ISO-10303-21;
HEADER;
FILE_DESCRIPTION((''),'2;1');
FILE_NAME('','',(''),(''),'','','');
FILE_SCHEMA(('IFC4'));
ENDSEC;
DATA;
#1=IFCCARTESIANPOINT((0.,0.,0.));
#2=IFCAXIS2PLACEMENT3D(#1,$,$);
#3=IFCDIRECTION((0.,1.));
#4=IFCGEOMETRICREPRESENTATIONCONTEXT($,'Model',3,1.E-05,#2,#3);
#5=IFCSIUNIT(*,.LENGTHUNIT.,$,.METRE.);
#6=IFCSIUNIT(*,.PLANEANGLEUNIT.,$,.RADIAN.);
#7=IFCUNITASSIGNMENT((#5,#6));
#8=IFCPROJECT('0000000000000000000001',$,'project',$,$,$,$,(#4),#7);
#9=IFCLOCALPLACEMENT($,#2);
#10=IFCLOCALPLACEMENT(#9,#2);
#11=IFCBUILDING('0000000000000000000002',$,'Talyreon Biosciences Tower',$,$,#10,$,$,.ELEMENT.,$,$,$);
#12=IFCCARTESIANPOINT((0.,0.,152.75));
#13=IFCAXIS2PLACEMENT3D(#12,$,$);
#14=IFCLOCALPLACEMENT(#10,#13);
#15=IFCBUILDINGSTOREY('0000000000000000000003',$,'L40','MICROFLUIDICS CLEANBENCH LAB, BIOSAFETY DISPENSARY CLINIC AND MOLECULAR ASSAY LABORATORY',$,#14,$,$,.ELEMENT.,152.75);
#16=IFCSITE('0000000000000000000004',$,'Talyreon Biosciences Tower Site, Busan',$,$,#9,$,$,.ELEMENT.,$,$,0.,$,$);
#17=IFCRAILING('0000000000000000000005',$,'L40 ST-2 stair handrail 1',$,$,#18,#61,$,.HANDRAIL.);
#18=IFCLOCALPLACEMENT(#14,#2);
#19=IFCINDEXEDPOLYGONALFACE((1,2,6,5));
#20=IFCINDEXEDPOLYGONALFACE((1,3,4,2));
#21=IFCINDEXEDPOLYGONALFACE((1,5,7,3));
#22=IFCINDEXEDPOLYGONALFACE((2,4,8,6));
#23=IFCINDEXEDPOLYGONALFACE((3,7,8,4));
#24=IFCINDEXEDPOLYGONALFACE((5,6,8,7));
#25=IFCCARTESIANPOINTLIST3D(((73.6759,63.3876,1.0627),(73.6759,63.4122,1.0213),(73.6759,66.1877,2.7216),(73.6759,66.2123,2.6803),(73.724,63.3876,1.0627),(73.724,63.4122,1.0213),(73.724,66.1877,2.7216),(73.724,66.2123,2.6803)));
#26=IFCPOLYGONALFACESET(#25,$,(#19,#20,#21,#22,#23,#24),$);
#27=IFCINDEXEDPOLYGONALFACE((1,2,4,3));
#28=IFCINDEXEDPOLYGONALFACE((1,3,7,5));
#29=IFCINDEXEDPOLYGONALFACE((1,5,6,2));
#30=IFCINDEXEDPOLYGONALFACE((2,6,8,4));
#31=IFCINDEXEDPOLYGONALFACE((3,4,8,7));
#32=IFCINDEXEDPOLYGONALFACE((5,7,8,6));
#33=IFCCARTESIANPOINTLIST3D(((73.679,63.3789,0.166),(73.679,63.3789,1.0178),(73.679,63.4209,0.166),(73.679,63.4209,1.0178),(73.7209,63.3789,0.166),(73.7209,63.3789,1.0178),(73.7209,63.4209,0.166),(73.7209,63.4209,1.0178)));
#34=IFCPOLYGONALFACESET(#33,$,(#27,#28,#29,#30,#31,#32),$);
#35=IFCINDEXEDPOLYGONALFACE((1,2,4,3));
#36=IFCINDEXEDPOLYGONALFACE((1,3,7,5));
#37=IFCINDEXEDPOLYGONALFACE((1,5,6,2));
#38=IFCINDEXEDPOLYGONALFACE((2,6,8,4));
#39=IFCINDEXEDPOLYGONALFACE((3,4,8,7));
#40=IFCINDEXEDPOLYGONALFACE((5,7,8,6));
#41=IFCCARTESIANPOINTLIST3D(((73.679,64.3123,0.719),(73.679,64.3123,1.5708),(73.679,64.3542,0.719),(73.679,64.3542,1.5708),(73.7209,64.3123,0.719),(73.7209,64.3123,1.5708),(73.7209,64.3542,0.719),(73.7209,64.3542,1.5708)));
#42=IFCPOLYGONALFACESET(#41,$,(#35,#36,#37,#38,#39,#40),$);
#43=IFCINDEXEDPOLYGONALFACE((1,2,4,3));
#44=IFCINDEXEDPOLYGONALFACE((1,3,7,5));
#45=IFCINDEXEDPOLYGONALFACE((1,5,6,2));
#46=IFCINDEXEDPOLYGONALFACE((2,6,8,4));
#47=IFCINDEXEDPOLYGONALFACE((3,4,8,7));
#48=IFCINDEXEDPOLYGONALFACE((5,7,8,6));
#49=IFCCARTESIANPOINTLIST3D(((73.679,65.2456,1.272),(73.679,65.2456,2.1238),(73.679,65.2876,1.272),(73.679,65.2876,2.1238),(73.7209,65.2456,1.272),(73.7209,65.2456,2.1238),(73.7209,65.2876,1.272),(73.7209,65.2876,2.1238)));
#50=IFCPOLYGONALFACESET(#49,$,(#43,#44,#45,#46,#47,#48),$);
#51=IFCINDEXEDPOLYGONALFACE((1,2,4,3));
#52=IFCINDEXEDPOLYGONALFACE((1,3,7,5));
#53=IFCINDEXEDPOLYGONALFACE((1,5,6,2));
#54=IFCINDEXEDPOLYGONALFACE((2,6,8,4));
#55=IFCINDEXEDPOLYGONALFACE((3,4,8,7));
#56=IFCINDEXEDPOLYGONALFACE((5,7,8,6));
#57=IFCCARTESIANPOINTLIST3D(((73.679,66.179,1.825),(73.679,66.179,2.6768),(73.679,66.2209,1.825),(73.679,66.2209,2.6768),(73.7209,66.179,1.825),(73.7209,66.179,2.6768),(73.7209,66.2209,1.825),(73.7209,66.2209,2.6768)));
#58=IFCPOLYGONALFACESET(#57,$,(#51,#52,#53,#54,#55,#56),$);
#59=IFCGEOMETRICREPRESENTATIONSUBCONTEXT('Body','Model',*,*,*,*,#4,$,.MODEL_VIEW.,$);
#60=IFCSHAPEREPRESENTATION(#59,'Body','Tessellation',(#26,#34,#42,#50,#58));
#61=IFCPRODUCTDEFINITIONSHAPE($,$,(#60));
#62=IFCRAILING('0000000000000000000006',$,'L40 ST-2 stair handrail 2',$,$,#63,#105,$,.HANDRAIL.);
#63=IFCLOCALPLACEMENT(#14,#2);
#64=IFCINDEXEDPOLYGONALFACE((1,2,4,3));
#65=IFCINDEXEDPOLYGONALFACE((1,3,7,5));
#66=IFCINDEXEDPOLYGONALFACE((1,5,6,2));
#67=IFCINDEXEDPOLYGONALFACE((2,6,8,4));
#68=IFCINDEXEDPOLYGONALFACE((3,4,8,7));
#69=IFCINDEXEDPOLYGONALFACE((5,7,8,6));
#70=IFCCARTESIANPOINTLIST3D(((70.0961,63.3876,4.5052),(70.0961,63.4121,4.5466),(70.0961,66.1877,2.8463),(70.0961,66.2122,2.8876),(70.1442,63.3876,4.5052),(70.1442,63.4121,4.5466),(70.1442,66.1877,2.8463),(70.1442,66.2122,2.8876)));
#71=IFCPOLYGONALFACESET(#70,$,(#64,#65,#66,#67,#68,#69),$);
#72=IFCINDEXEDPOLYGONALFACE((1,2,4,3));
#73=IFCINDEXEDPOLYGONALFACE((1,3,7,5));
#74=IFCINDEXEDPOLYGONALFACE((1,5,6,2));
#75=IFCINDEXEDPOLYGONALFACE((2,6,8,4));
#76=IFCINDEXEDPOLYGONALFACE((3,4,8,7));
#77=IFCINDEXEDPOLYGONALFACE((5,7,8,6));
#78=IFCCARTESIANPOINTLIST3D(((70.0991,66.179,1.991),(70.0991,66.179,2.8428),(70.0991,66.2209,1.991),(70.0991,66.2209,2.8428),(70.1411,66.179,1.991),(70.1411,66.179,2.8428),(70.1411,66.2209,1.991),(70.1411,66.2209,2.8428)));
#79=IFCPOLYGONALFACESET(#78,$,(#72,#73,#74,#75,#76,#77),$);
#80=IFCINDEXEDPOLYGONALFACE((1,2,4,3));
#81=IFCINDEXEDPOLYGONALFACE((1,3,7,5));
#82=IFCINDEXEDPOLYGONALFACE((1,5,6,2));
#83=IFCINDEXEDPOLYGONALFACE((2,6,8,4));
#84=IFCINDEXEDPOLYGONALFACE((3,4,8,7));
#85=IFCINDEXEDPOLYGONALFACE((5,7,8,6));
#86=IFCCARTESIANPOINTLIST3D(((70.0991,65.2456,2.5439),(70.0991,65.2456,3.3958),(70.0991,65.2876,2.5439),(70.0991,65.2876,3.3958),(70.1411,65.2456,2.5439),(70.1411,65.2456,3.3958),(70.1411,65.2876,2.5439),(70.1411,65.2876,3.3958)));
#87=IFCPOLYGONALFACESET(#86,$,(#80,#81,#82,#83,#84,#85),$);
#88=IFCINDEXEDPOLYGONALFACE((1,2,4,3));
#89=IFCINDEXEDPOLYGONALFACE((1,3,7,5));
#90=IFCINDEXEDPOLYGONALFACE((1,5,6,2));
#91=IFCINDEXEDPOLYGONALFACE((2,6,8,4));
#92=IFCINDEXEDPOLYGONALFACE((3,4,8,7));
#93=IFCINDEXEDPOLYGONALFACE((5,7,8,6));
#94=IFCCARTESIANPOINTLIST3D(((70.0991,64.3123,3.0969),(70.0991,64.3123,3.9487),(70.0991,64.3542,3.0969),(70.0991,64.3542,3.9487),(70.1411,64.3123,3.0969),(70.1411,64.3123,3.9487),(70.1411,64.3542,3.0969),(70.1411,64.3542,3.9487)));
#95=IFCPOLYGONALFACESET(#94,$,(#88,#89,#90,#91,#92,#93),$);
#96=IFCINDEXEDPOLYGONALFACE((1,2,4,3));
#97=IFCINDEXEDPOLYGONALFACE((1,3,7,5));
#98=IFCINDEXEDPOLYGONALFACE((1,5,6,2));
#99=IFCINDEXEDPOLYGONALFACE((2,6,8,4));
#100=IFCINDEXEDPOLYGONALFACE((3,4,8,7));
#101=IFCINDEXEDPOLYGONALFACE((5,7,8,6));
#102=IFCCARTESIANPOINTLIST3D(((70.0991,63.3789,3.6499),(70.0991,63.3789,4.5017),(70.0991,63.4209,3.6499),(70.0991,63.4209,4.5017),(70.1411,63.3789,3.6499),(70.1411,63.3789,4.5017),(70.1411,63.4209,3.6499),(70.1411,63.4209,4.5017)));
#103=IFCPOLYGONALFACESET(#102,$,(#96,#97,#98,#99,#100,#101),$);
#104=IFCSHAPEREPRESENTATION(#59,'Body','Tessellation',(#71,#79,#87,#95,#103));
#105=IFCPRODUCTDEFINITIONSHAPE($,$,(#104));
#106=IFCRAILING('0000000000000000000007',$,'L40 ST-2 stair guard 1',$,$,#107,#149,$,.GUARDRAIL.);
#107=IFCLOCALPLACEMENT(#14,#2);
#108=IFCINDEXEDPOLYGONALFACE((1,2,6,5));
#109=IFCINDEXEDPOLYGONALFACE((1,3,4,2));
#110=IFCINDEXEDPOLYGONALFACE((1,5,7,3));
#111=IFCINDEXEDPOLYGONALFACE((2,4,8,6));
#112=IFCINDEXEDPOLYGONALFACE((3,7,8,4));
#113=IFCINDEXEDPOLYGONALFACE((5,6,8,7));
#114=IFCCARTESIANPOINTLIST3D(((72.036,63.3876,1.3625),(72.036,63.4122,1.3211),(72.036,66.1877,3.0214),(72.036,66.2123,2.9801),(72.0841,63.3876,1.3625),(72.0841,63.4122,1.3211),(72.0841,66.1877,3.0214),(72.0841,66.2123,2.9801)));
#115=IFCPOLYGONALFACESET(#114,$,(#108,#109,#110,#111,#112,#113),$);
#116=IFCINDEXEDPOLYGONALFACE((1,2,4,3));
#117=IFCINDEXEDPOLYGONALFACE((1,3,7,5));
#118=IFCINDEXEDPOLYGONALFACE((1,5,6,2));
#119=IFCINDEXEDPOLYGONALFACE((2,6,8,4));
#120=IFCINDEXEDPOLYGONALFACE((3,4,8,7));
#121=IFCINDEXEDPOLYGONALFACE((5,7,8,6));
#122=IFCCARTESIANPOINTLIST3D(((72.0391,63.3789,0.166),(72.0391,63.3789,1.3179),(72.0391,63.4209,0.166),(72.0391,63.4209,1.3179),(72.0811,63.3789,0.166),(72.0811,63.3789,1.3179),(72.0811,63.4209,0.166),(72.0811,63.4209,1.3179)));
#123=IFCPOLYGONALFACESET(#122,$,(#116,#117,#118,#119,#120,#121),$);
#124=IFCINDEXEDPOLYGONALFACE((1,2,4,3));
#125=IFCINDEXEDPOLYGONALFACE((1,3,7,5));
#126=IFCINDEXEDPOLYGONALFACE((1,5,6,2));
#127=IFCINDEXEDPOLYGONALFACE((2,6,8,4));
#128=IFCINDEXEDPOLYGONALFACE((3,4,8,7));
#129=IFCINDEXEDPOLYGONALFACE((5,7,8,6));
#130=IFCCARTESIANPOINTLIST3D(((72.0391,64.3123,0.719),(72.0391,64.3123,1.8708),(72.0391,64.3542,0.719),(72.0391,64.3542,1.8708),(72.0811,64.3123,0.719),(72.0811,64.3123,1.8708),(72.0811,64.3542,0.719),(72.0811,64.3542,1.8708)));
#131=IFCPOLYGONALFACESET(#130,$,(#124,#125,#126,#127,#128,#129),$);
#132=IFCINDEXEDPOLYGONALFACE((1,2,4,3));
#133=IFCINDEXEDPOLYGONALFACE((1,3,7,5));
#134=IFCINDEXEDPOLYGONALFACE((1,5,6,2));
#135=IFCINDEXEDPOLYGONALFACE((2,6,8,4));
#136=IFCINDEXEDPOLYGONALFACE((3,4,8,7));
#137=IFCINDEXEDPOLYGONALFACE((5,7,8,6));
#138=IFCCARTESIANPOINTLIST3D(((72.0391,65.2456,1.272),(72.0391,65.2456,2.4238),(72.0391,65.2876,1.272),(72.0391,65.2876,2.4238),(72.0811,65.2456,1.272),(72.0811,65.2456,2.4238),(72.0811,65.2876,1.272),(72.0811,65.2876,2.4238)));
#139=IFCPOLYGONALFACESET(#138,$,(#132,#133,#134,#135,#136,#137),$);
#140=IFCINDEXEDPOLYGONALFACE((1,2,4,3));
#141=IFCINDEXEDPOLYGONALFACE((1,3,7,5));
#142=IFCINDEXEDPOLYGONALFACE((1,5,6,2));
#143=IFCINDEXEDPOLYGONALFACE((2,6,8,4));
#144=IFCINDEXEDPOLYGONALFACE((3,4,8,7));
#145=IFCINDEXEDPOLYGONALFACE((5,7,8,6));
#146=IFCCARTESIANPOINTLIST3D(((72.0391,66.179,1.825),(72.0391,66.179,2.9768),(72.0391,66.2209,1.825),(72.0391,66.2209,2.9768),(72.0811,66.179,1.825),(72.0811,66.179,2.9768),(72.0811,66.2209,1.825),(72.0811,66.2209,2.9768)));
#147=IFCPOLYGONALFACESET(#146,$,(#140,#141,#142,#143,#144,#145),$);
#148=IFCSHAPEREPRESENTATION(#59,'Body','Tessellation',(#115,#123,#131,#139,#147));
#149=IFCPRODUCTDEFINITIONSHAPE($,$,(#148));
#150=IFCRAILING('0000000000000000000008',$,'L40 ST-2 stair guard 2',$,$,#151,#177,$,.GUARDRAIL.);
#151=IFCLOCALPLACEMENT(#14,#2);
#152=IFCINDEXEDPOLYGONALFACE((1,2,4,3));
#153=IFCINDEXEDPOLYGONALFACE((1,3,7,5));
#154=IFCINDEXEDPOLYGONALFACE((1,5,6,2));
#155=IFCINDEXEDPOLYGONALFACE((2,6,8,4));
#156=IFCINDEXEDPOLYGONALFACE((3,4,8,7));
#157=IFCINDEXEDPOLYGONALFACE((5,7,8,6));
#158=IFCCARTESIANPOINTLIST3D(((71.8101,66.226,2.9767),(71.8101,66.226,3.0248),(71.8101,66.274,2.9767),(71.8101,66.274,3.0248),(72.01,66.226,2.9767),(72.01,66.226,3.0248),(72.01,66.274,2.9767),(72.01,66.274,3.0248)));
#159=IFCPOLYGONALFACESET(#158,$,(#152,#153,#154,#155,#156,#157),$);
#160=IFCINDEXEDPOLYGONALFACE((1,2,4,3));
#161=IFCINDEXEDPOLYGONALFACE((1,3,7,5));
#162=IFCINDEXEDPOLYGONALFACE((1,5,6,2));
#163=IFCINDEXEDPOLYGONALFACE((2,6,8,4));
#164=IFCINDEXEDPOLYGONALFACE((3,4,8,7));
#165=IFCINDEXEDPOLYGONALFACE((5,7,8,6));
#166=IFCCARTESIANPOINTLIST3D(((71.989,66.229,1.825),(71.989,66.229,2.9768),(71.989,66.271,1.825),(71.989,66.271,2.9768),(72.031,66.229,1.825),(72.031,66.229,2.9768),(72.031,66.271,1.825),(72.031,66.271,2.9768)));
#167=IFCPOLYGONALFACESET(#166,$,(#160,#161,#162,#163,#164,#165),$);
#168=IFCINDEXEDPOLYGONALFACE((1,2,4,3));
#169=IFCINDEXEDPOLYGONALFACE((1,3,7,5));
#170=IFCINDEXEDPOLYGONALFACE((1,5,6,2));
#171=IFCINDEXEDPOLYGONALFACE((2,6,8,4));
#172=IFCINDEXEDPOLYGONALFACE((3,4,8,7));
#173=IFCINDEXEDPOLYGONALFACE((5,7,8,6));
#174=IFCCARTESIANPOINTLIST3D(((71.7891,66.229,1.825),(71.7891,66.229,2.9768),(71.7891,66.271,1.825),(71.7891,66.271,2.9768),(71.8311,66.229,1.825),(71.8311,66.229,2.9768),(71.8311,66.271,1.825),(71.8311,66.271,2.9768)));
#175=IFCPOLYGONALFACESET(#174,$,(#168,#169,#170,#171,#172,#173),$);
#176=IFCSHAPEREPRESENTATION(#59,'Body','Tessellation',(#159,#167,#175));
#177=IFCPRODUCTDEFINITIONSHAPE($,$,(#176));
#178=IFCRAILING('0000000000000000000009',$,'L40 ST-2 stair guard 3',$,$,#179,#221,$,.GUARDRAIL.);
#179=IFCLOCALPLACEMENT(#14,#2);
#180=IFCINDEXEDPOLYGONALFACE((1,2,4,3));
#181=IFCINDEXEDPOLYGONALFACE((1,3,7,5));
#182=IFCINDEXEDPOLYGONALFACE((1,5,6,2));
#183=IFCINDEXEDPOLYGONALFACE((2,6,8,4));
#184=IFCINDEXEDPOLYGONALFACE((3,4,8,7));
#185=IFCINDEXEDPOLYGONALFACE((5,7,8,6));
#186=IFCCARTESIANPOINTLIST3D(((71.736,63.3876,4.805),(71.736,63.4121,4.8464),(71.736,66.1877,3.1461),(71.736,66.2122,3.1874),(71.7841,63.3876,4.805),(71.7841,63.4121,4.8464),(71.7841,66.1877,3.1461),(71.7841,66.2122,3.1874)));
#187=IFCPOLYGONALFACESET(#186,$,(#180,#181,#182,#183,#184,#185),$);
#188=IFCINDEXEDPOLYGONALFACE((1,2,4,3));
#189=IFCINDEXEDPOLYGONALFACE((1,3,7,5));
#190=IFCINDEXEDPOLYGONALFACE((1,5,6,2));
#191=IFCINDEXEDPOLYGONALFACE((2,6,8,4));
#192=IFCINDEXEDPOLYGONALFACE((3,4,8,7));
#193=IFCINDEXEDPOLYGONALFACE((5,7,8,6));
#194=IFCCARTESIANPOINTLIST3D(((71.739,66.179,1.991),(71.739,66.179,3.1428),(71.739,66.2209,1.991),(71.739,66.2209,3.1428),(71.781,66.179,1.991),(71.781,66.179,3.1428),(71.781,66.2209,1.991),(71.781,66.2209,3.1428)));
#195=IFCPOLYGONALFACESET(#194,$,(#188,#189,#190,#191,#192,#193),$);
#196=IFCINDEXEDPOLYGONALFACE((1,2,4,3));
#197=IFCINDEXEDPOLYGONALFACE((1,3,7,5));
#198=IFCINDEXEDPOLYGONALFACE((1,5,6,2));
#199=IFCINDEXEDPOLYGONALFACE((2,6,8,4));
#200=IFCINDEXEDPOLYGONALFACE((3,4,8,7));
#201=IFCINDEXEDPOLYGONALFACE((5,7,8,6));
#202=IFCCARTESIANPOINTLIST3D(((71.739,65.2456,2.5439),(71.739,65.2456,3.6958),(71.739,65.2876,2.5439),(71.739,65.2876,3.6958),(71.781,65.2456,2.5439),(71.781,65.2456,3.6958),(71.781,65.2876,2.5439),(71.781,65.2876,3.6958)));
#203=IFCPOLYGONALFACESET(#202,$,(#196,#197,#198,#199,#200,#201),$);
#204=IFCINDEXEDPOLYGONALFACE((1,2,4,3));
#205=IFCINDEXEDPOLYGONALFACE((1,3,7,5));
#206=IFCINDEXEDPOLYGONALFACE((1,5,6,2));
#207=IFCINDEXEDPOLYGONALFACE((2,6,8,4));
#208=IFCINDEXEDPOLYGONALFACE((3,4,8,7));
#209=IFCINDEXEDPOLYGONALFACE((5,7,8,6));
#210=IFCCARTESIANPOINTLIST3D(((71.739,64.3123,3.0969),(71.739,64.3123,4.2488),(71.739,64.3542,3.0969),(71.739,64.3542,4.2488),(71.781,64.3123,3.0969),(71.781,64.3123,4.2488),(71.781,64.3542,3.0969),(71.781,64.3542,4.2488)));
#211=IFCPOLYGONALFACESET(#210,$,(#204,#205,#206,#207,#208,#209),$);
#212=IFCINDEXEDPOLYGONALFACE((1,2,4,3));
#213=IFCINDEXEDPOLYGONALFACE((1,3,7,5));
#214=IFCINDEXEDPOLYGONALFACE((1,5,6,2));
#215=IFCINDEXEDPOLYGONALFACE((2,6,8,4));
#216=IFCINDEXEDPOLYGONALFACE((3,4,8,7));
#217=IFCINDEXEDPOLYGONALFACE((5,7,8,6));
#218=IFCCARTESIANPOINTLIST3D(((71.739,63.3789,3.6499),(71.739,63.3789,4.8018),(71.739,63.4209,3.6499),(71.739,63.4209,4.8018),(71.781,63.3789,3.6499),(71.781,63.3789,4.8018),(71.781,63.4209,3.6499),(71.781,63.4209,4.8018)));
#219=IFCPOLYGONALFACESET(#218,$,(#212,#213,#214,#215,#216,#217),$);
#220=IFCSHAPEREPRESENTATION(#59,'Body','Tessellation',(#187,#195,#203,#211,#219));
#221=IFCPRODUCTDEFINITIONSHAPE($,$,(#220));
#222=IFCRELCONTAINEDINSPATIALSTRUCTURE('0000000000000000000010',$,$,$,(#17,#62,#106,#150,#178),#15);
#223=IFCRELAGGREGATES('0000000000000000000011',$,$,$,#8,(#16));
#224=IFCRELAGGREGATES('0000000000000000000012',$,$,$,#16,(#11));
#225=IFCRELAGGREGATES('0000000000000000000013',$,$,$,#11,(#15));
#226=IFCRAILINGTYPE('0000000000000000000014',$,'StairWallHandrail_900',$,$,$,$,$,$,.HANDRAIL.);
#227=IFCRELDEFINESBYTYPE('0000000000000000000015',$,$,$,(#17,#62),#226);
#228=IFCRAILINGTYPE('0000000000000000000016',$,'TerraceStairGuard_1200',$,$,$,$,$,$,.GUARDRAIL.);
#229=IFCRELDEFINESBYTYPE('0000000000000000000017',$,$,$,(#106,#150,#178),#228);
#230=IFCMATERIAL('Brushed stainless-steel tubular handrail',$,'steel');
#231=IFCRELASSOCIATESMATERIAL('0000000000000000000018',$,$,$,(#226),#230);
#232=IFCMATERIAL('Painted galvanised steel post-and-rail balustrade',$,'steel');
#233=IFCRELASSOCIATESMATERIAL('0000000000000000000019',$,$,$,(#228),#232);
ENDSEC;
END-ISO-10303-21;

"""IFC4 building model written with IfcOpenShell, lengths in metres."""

from ifc_helpers import new_model, si_unit, direction, frame, origin, origin_2d, place, context, subcontext, project, spatial, rectangle, extrude, material, type_object, element, save


model = new_model("IFC4")

# Units and contexts
model_context = context("Model", 3, precision=1e-05, world=origin(), true_north=direction((0.0, 1.0)))
body_context = subcontext(model_context, "Body", "Model", "MODEL_VIEW")
ifc_project = project(units=[si_unit("LENGTHUNIT", "METRE"), si_unit("PLANEANGLEUNIT", "RADIAN")], contexts=[model_context])

# Site, building, storey
site_placement = place(None, origin())
site = spatial("IfcSite", under=ifc_project, at=site_placement, Name="Talyreon Biosciences Tower Site, Busan", CompositionType="ELEMENT", RefElevation=0.0)
building_placement = place(site_placement, origin())
building = spatial("IfcBuilding", under=site, at=building_placement, Name="Talyreon Biosciences Tower", CompositionType="ELEMENT")
storey_placement = place(building_placement, frame((0.0, 0.0, 152.75)))
storey = spatial("IfcBuildingStorey", under=building, at=storey_placement, Name="L40", Description="MICROFLUIDICS CLEANBENCH LAB, BIOSAFETY DISPENSARY CLINIC AND MOLECULAR ASSAY LABORATORY", CompositionType="ELEMENT", Elevation=152.75)

# Railings
ifc_material_1 = material(Name="Brushed stainless-steel tubular handrail", Category="steel")
railing_type_1 = type_object("IfcRailingType", Name="StairWallHandrail_900", PredefinedType="HANDRAIL", material=ifc_material_1)
railing_1_placement = place(storey_placement, frame((73.7, 63.3999, 0.166)))
element("IfcRailing", 1, at=railing_1_placement, inside=storey, type_object=railing_type_1, Name="L40 ST-2 stair handrail 1", PredefinedType="HANDRAIL", context=body_context, shape_type="SweptSolid", body=[
    extrude(rectangle(XDim=0.0481, YDim=0.0481, at=origin_2d()), frame((0.0, 0.0, 0.876), z_axis=(0.0, 0.860339, 0.509722), x_axis=(-1.0, 0.0, 0.0)), (0.0, 0.0, 1.0), 3.2546),
    extrude(rectangle(XDim=0.042, YDim=0.042, at=origin_2d()), origin(), (0.0, 0.0, 1.0), 0.8518),
    extrude(rectangle(XDim=0.042, YDim=0.042, at=origin_2d()), frame((0.0, 0.9333, 0.553)), (0.0, 0.0, 1.0), 0.8518),
    extrude(rectangle(XDim=0.042, YDim=0.042, at=origin_2d()), frame((0.0, 1.8667, 1.106)), (0.0, 0.0, 1.0), 0.8518),
    extrude(rectangle(XDim=0.042, YDim=0.042, at=origin_2d()), frame((0.0, 2.8, 1.6589)), (0.0, 0.0, 1.0), 0.8518),
])
railing_2_placement = place(storey_placement, frame((70.1201, 66.2, 1.991)))
element("IfcRailing", 2, at=railing_2_placement, inside=storey, type_object=railing_type_1, Name="L40 ST-2 stair handrail 2", PredefinedType="HANDRAIL", context=body_context, shape_type="SweptSolid", body=[
    extrude(rectangle(XDim=0.0481, YDim=0.0481, at=origin_2d()), frame((0.0, 0.0, 0.876), z_axis=(0.0, -0.860339, 0.509722), x_axis=(1.0, 0.0, 0.0)), (0.0, 0.0, 1.0), 3.2546),
    extrude(rectangle(XDim=0.042, YDim=0.042, at=origin_2d()), origin(), (0.0, 0.0, 1.0), 0.8518),
    extrude(rectangle(XDim=0.042, YDim=0.042, at=origin_2d()), frame((0.0, -0.9333, 0.553)), (0.0, 0.0, 1.0), 0.8518),
    extrude(rectangle(XDim=0.042, YDim=0.042, at=origin_2d()), frame((0.0, -1.8667, 1.106)), (0.0, 0.0, 1.0), 0.8518),
    extrude(rectangle(XDim=0.042, YDim=0.042, at=origin_2d()), frame((0.0, -2.8, 1.6589)), (0.0, 0.0, 1.0), 0.8518),
])
ifc_material_2 = material(Name="Painted galvanised steel post-and-rail balustrade", Category="steel")
railing_type_2 = type_object("IfcRailingType", Name="TerraceStairGuard_1200", PredefinedType="GUARDRAIL", material=ifc_material_2)
railing_3_placement = place(storey_placement, frame((72.0601, 63.3999, 0.166)))
element("IfcRailing", 3, at=railing_3_placement, inside=storey, type_object=railing_type_2, Name="L40 ST-2 stair guard 1", PredefinedType="GUARDRAIL", context=body_context, shape_type="SweptSolid", body=[
    extrude(rectangle(XDim=0.0481, YDim=0.0481, at=origin_2d()), frame((0.0, 0.0, 1.1758), z_axis=(0.0, 0.860339, 0.509722), x_axis=(-1.0, 0.0, 0.0)), (0.0, 0.0, 1.0), 3.2546),
    extrude(rectangle(XDim=0.042, YDim=0.042, at=origin_2d()), origin(), (0.0, 0.0, 1.0), 1.1519),
    extrude(rectangle(XDim=0.042, YDim=0.042, at=origin_2d()), frame((0.0, 0.9333, 0.553)), (0.0, 0.0, 1.0), 1.1519),
    extrude(rectangle(XDim=0.042, YDim=0.042, at=origin_2d()), frame((0.0, 1.8667, 1.106)), (0.0, 0.0, 1.0), 1.1519),
    extrude(rectangle(XDim=0.042, YDim=0.042, at=origin_2d()), frame((0.0, 2.8, 1.6589)), (0.0, 0.0, 1.0), 1.1519),
])
railing_4_placement = place(storey_placement, frame((72.01, 66.25, 1.825)))
element("IfcRailing", 4, at=railing_4_placement, inside=storey, type_object=railing_type_2, Name="L40 ST-2 stair guard 2", PredefinedType="GUARDRAIL", context=body_context, shape_type="SweptSolid", body=[
    extrude(rectangle(XDim=0.0481, YDim=0.0481, at=origin_2d()), frame((0.0, 0.0, 1.1758), z_axis=(-1.0, 0.0, 0.0), x_axis=(0.0, -1.0, 0.0)), (0.0, 0.0, 1.0), 0.2),
    extrude(rectangle(XDim=0.042, YDim=0.042, at=origin_2d()), origin(), (0.0, 0.0, 1.0), 1.1519),
    extrude(rectangle(XDim=0.042, YDim=0.042, at=origin_2d()), frame((-0.2, 0.0, 0.0)), (0.0, 0.0, 1.0), 1.1519),
])
railing_5_placement = place(storey_placement, frame((71.76, 66.2, 1.991)))
element("IfcRailing", 5, at=railing_5_placement, inside=storey, type_object=railing_type_2, Name="L40 ST-2 stair guard 3", PredefinedType="GUARDRAIL", context=body_context, shape_type="SweptSolid", body=[
    extrude(rectangle(XDim=0.0481, YDim=0.0481, at=origin_2d()), frame((0.0, 0.0, 1.1758), z_axis=(0.0, -0.860339, 0.509722), x_axis=(1.0, 0.0, 0.0)), (0.0, 0.0, 1.0), 3.2546),
    extrude(rectangle(XDim=0.042, YDim=0.042, at=origin_2d()), origin(), (0.0, 0.0, 1.0), 1.1519),
    extrude(rectangle(XDim=0.042, YDim=0.042, at=origin_2d()), frame((0.0, -0.9333, 0.553)), (0.0, 0.0, 1.0), 1.1519),
    extrude(rectangle(XDim=0.042, YDim=0.042, at=origin_2d()), frame((0.0, -1.8667, 1.106)), (0.0, 0.0, 1.0), 1.1519),
    extrude(rectangle(XDim=0.042, YDim=0.042, at=origin_2d()), frame((0.0, -2.8, 1.6589)), (0.0, 0.0, 1.0), 1.1519),
])

save(model, "model.ifc")
